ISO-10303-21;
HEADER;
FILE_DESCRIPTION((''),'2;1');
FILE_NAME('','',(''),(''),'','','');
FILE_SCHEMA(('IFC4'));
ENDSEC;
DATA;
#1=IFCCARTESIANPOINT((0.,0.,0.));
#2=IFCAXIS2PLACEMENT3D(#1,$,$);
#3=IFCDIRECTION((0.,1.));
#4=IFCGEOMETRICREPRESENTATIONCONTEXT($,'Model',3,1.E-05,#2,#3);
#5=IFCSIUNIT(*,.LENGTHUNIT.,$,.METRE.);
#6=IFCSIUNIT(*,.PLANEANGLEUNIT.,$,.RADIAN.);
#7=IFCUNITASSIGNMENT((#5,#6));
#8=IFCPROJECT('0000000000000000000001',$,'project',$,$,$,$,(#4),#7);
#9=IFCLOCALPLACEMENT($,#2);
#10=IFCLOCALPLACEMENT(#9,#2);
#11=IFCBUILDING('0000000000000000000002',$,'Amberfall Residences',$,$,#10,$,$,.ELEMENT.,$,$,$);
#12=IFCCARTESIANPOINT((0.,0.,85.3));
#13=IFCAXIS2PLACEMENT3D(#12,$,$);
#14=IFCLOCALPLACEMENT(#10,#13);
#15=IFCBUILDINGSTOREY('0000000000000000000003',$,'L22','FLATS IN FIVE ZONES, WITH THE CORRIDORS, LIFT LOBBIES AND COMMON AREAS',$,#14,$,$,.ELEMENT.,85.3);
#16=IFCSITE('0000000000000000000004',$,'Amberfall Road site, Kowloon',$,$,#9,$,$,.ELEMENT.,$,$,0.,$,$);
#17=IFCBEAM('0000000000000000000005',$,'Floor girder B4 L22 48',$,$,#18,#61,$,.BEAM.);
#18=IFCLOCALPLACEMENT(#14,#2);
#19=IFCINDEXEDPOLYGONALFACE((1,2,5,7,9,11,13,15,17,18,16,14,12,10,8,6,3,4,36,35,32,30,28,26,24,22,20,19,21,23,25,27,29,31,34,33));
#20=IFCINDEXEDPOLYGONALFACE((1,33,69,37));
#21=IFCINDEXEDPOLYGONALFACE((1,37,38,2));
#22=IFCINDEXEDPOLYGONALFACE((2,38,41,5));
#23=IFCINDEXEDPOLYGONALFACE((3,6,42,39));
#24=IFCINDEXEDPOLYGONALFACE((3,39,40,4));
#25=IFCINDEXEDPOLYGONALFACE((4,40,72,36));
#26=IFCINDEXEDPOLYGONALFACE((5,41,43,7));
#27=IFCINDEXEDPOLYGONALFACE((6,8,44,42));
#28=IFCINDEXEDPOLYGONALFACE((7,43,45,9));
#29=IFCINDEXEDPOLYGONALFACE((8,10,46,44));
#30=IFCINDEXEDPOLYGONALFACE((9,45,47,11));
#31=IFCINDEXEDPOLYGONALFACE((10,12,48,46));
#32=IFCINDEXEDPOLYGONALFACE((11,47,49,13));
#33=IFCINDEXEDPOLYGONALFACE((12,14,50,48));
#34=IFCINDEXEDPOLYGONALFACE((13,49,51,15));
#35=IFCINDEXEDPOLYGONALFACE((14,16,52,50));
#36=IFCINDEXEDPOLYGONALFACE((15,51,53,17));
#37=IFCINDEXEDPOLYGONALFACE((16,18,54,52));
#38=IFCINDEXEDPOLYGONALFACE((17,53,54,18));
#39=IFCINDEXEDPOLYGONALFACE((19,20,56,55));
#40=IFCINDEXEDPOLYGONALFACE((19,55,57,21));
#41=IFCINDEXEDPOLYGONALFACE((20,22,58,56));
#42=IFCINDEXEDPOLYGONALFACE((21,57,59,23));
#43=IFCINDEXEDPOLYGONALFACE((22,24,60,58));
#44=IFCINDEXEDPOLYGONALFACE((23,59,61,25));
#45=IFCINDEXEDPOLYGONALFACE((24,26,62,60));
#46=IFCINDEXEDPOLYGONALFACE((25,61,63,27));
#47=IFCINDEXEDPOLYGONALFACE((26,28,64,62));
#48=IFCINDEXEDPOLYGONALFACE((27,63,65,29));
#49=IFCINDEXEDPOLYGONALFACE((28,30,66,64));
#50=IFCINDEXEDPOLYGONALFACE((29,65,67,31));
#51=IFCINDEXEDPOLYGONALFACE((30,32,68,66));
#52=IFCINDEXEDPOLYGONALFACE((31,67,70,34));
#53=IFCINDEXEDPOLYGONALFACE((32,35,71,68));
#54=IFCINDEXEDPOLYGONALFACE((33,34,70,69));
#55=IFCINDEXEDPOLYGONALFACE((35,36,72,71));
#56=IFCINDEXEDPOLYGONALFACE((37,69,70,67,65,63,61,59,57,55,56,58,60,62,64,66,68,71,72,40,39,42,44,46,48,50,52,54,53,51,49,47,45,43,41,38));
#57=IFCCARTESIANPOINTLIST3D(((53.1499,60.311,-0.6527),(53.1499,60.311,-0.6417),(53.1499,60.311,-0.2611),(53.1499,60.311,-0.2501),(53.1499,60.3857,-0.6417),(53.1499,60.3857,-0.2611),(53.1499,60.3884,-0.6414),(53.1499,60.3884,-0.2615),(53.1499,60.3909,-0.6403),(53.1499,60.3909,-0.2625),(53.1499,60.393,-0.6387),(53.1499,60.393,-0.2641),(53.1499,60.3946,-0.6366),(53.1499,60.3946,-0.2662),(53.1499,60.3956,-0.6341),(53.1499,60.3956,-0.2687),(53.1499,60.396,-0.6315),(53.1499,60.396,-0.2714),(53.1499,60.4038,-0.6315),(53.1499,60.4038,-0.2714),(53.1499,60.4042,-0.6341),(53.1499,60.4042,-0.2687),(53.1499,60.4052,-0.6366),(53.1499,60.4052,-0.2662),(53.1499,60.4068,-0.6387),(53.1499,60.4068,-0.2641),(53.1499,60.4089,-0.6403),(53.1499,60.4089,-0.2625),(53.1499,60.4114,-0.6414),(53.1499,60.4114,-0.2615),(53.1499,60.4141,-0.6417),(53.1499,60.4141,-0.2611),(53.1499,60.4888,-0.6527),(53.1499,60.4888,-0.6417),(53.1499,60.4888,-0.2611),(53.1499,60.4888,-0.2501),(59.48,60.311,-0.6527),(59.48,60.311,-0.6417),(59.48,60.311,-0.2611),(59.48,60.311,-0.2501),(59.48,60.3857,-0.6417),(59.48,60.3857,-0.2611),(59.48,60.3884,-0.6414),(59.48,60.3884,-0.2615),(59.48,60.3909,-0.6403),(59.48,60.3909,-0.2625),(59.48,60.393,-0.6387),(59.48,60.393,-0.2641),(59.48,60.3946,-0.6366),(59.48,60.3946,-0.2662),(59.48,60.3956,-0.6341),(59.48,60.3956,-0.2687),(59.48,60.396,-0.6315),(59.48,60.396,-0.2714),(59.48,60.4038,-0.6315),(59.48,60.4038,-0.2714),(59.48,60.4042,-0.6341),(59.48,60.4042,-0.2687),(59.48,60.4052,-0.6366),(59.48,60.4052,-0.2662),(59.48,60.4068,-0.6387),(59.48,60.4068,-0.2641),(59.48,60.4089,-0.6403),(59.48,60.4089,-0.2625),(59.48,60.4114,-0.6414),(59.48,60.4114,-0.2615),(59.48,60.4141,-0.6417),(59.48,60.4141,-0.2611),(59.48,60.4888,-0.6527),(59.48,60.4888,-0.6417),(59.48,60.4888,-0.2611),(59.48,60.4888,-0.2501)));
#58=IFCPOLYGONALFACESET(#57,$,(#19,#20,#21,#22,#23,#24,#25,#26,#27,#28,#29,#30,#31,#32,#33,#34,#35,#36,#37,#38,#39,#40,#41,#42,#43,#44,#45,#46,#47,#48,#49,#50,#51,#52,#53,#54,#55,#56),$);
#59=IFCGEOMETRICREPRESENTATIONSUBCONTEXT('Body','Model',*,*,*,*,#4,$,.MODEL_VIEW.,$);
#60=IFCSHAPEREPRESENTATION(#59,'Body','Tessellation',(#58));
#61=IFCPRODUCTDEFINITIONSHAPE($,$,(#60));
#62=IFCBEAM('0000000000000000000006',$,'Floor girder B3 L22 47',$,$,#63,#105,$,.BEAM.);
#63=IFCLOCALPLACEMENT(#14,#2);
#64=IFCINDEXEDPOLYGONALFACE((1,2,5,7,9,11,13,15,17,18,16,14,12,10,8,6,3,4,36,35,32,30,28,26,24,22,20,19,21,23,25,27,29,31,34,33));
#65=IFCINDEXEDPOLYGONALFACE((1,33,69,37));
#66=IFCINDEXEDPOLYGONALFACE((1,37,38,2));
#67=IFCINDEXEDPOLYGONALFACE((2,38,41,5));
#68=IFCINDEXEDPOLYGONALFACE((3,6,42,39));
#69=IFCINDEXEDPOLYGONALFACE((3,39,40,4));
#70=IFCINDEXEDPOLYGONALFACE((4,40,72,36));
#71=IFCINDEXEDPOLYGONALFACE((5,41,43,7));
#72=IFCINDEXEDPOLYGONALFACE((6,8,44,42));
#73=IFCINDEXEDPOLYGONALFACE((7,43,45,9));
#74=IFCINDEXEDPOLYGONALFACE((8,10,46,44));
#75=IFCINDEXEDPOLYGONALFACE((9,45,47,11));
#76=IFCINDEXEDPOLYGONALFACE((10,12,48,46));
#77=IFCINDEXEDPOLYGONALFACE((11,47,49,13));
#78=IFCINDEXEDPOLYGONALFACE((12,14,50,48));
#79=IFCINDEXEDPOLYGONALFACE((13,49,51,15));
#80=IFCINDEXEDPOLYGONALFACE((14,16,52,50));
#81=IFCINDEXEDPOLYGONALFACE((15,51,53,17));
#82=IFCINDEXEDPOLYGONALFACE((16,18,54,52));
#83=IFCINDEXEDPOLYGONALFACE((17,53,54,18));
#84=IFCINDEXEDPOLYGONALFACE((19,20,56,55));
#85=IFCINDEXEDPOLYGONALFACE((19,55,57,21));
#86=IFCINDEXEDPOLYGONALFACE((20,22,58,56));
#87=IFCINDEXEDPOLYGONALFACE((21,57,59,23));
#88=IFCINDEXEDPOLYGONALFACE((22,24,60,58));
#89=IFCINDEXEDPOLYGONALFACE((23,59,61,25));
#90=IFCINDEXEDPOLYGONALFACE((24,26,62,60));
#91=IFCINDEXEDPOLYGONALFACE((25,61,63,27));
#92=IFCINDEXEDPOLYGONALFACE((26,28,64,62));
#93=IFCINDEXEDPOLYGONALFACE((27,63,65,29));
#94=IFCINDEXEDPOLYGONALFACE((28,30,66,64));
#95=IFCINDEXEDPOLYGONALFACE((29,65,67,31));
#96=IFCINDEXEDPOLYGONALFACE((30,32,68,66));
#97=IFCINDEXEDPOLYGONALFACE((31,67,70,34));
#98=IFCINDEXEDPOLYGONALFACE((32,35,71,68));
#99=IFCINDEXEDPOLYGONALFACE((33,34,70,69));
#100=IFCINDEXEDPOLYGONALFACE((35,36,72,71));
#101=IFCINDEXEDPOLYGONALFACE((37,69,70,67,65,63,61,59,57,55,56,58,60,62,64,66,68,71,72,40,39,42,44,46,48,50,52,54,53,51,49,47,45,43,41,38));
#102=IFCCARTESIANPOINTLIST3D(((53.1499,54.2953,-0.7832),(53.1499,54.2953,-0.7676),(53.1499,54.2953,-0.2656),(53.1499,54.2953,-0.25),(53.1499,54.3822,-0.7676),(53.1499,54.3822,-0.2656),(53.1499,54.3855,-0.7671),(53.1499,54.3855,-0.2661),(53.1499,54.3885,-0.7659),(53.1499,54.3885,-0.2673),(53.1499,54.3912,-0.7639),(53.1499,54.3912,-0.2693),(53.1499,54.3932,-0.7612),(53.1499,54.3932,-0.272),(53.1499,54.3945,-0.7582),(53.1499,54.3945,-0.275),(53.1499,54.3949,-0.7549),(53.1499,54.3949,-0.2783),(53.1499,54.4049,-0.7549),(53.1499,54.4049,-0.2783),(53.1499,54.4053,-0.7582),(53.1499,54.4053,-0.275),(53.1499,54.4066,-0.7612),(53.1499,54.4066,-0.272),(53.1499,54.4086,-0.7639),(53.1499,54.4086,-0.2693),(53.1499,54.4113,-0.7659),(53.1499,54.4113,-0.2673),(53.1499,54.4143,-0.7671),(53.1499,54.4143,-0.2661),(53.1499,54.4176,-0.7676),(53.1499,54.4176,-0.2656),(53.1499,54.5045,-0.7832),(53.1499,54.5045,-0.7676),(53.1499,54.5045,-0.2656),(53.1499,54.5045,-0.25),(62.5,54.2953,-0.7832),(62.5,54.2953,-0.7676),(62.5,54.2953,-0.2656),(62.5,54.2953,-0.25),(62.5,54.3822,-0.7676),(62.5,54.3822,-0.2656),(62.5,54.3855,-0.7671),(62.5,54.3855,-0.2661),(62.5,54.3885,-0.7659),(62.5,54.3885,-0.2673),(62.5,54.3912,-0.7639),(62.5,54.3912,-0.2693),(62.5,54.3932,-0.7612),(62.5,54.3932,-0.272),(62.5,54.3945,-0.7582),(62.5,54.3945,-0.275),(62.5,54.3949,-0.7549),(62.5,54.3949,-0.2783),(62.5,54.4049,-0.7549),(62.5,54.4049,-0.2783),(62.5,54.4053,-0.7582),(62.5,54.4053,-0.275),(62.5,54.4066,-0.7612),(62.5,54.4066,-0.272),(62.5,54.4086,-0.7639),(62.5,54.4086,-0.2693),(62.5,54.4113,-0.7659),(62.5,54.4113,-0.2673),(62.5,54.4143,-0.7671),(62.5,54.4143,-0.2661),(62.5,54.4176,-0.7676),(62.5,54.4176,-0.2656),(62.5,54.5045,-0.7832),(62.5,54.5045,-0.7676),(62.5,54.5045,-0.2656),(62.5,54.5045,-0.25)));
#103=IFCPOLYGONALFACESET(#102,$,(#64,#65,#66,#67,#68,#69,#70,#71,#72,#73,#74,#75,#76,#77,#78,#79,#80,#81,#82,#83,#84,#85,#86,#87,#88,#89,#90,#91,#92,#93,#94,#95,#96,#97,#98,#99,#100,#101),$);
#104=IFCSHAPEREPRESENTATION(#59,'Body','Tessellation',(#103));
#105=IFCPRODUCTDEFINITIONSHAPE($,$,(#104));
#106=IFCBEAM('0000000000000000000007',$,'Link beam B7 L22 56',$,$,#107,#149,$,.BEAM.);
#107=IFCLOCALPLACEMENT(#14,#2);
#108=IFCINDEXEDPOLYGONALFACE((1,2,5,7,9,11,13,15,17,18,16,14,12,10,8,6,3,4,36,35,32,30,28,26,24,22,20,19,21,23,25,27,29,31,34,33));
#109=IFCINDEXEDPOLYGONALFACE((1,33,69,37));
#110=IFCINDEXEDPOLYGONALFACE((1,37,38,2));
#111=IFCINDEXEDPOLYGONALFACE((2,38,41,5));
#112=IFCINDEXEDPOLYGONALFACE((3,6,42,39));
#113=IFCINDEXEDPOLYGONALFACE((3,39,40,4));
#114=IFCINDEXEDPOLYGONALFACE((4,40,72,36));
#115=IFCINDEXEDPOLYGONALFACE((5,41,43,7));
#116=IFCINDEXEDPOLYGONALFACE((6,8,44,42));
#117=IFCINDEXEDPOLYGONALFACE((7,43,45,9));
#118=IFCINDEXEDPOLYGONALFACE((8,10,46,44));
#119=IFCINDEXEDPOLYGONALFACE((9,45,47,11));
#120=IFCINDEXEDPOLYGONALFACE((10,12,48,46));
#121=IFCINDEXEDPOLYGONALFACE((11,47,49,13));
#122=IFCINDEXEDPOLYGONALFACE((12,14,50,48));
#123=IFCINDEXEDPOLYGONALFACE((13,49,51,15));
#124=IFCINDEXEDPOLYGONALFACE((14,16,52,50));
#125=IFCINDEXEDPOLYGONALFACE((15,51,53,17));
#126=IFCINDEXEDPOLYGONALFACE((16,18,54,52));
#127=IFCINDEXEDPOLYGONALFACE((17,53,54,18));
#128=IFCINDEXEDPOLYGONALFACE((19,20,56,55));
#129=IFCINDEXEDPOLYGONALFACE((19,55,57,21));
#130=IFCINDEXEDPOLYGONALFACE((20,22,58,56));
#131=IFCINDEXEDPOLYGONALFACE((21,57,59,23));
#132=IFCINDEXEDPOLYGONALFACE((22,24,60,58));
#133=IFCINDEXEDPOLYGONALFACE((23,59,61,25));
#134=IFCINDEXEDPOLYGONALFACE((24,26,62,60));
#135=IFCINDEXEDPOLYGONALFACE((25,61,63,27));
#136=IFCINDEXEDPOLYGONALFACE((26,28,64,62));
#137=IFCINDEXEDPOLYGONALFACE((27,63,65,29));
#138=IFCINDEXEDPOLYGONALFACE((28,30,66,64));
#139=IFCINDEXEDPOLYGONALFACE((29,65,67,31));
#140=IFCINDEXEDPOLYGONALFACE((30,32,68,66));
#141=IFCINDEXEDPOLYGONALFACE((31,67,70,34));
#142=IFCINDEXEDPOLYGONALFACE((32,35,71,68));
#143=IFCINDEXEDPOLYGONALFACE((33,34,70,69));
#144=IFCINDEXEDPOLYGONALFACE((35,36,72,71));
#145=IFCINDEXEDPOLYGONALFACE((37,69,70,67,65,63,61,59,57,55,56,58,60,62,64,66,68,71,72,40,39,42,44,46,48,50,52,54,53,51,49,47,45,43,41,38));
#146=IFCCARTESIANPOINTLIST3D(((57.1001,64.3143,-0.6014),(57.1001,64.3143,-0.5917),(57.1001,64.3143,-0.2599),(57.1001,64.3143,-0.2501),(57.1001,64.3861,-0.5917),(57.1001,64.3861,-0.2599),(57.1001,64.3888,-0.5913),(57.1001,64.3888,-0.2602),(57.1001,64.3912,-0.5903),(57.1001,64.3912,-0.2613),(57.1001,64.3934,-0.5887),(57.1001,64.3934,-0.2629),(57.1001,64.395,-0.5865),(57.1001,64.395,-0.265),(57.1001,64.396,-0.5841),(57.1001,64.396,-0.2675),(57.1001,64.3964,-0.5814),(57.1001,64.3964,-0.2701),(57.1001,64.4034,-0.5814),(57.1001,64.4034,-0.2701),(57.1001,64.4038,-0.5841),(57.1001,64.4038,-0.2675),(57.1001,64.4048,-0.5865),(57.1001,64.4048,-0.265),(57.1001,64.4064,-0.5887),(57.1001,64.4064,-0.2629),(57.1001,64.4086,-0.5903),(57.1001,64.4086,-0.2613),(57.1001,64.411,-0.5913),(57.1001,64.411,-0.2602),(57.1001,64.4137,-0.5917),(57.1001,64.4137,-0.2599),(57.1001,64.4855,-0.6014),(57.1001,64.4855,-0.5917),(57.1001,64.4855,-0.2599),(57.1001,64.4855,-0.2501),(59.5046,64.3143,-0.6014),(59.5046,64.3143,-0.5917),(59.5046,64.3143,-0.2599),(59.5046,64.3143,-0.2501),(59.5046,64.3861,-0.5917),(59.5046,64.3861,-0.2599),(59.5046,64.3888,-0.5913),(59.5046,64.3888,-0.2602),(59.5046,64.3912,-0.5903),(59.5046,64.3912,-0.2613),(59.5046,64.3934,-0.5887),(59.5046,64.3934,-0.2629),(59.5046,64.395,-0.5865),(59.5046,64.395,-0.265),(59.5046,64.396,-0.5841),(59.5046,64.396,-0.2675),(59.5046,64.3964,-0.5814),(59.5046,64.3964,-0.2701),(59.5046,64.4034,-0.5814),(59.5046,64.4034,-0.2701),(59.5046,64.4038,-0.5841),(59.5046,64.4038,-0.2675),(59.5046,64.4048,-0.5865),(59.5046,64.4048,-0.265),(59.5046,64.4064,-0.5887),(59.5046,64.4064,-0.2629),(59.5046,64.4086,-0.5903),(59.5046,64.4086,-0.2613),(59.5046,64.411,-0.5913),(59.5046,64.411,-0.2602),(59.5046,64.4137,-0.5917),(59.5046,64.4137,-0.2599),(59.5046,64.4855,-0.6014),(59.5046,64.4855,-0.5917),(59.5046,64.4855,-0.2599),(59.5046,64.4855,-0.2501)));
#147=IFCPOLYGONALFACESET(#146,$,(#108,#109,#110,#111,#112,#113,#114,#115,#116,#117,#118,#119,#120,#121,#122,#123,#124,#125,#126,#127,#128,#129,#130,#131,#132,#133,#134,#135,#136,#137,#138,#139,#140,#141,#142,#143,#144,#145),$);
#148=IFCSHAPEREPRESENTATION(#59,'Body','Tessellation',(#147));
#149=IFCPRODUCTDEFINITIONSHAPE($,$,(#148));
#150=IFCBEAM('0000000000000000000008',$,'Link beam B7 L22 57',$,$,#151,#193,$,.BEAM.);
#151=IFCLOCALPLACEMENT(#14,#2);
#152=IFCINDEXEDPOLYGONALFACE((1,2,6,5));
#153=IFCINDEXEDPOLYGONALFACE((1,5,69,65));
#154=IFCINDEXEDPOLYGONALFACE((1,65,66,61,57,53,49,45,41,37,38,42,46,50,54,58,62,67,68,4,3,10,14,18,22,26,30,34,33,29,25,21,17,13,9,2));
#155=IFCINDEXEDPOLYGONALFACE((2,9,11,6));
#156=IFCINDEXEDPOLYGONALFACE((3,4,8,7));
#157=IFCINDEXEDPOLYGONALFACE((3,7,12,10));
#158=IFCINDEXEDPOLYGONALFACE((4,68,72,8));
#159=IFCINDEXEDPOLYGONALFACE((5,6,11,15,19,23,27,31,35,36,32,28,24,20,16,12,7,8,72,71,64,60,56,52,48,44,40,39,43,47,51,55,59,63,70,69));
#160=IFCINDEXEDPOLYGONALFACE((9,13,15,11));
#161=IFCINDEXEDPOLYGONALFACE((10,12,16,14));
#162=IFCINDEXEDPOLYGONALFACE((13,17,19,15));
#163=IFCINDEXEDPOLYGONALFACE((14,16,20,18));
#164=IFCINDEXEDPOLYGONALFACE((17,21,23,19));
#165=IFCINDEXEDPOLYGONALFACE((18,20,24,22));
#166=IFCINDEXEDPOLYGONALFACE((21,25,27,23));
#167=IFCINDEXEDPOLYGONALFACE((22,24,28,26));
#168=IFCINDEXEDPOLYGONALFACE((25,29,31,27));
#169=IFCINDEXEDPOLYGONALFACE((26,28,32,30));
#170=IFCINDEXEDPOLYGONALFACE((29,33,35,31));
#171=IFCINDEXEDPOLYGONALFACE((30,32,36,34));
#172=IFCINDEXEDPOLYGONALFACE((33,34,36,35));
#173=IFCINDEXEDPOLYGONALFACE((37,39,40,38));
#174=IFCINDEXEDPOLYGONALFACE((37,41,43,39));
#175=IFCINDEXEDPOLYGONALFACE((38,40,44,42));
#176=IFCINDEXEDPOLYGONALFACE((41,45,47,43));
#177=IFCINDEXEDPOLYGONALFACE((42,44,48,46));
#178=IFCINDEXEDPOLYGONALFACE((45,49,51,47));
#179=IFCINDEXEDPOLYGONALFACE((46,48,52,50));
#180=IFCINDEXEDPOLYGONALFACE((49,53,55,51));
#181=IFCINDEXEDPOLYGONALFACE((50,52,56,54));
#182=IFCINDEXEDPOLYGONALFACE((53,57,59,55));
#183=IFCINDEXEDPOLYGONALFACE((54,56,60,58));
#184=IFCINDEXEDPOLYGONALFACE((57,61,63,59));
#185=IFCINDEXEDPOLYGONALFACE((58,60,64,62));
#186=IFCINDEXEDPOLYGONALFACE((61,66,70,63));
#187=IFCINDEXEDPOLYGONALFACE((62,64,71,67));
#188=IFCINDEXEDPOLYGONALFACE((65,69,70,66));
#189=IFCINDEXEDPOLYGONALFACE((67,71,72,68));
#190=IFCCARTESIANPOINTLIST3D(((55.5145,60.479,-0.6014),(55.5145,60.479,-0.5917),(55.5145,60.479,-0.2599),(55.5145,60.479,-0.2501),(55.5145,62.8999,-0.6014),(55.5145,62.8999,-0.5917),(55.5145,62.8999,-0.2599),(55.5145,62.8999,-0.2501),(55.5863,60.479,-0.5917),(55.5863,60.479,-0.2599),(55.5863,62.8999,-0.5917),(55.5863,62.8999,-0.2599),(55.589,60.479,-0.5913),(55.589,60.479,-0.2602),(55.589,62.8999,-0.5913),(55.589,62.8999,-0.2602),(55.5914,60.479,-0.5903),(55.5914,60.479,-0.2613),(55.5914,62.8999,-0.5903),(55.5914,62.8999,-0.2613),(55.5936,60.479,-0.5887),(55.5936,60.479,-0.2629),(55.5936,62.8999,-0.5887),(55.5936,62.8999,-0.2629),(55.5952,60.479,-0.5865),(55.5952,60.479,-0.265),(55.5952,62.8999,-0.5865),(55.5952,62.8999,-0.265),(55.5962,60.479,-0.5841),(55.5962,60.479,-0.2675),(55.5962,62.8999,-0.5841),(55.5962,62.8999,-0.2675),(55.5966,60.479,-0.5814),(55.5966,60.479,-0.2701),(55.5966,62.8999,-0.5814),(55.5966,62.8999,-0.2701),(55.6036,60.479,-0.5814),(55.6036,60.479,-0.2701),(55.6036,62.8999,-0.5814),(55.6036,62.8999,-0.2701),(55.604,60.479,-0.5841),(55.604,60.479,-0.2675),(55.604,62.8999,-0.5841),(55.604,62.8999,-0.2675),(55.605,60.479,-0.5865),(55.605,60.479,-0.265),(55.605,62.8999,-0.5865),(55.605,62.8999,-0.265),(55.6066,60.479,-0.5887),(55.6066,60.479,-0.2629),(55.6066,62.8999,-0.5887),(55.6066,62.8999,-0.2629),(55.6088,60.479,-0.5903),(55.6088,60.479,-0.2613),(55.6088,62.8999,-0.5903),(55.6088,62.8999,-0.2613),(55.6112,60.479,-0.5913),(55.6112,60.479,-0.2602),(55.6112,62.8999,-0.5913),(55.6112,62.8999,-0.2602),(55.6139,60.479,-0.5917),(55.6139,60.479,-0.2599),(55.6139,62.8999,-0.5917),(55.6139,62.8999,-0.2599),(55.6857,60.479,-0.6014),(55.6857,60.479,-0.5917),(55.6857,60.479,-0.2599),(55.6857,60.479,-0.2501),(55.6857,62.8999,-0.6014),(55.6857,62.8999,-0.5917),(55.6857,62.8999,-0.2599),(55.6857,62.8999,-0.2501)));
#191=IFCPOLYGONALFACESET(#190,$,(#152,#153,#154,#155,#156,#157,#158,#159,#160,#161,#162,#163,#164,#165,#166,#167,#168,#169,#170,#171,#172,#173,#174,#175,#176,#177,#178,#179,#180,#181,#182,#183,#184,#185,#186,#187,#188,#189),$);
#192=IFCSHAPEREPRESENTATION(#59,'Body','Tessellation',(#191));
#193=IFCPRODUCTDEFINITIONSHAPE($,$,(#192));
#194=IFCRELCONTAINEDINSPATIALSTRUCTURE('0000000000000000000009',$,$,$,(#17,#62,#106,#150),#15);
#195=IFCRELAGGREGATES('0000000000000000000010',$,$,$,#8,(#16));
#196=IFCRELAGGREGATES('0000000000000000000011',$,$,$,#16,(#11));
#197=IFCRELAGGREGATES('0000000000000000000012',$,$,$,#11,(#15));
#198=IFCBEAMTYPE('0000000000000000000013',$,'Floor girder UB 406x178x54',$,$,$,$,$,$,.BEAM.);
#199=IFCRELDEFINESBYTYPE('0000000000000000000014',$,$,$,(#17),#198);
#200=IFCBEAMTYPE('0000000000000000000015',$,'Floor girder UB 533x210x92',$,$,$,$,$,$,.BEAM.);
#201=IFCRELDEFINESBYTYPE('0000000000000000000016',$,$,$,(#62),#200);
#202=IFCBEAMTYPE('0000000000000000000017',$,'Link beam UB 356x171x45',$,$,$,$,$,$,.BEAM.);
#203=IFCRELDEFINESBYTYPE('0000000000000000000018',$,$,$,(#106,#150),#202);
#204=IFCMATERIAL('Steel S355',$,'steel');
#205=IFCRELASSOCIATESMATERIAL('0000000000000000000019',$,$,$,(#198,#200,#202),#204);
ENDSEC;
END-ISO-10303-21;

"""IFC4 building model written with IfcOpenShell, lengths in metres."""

from ifc_helpers import new_model, si_unit, direction, frame, origin, origin_2d, place, context, subcontext, project, spatial, i_section, extrude, material, material_profile, profile_set, type_object, element, save


model = new_model("IFC4")

# Units and contexts
model_context = context("Model", 3, precision=1e-05, world=origin(), true_north=direction((0.0, 1.0)))
body_context = subcontext(model_context, "Body", "Model", "MODEL_VIEW")
ifc_project = project(units=[si_unit("LENGTHUNIT", "METRE"), si_unit("PLANEANGLEUNIT", "RADIAN")], contexts=[model_context])

# Site, building, storey
site_placement = place(None, origin())
site = spatial("IfcSite", under=ifc_project, at=site_placement, Name="Amberfall Road site, Kowloon", CompositionType="ELEMENT", RefElevation=0.0)
building_placement = place(site_placement, origin())
building = spatial("IfcBuilding", under=site, at=building_placement, Name="Amberfall Residences", CompositionType="ELEMENT")
storey_placement = place(building_placement, frame((0.0, 0.0, 85.3)))
storey = spatial("IfcBuildingStorey", under=building, at=storey_placement, Name="L22", Description="FLATS IN FIVE ZONES, WITH THE CORRIDORS, LIFT LOBBIES AND COMMON AREAS", CompositionType="ELEMENT", Elevation=85.3)

# Shared definitions
ifc_material_1 = material(Name="Steel S355", Category="steel")

# Beams
ifc_material_profile_1 = material_profile(ifc_material_1, i_section(OverallWidth=0.1777, OverallDepth=0.4026, WebThickness=0.0078, FlangeThickness=0.011, FilletRadius=0.0103, at=origin_2d()), Name="UB 406x178x54")
ifc_profile_set_1 = profile_set([ifc_material_profile_1], Name="Steel S355")
beam_type_1 = type_object("IfcBeamType", Name="Floor girder UB 406x178x54", PredefinedType="BEAM", material=ifc_profile_set_1)
beam_1_placement = place(storey_placement, frame((53.1499, 60.3999, -0.4514), z_axis=(1.0, 0.0, 0.0), x_axis=(0.0, 1.0, 0.0)))
element("IfcBeam", 1, at=beam_1_placement, inside=storey, type_object=beam_type_1, Name="Floor girder B4 L22 48", PredefinedType="BEAM", context=body_context, shape_type="SweptSolid", body=[
    extrude(i_section(OverallWidth=0.1777, OverallDepth=0.4026, WebThickness=0.0078, FlangeThickness=0.011, FilletRadius=0.0103, at=origin_2d()), origin(), (0.0, 0.0, 1.0), 6.3301),
])
ifc_material_profile_2 = material_profile(ifc_material_1, i_section(OverallWidth=0.2092, OverallDepth=0.5332, WebThickness=0.01, FlangeThickness=0.0156, FilletRadius=0.0127, at=origin_2d()), Name="UB 533x210x92")
ifc_profile_set_2 = profile_set([ifc_material_profile_2], Name="Steel S355")
beam_type_2 = type_object("IfcBeamType", Name="Floor girder UB 533x210x92", PredefinedType="BEAM", material=ifc_profile_set_2)
beam_2_placement = place(storey_placement, frame((53.1499, 54.3999, -0.5166), z_axis=(1.0, 0.0, 0.0), x_axis=(0.0, 1.0, 0.0)))
element("IfcBeam", 2, at=beam_2_placement, inside=storey, type_object=beam_type_2, Name="Floor girder B3 L22 47", PredefinedType="BEAM", context=body_context, shape_type="SweptSolid", body=[
    extrude(i_section(OverallWidth=0.2092, OverallDepth=0.5332, WebThickness=0.01, FlangeThickness=0.0156, FilletRadius=0.0127, at=origin_2d()), origin(), (0.0, 0.0, 1.0), 9.3501),
])
ifc_material_profile_3 = material_profile(ifc_material_1, i_section(OverallWidth=0.1711, OverallDepth=0.3513, WebThickness=0.0071, FlangeThickness=0.0098, FilletRadius=0.0103, at=origin_2d()), Name="UB 356x171x45")
ifc_profile_set_3 = profile_set([ifc_material_profile_3], Name="Steel S355")
beam_type_3 = type_object("IfcBeamType", Name="Link beam UB 356x171x45", PredefinedType="BEAM", material=ifc_profile_set_3)
beam_3_placement = place(storey_placement, frame((57.1001, 64.3999, -0.4258), z_axis=(1.0, 0.0, 0.0), x_axis=(0.0, 1.0, 0.0)))
element("IfcBeam", 3, at=beam_3_placement, inside=storey, type_object=beam_type_3, Name="Link beam B7 L22 56", PredefinedType="BEAM", context=body_context, shape_type="SweptSolid", body=[
    extrude(i_section(OverallWidth=0.1711, OverallDepth=0.3513, WebThickness=0.0071, FlangeThickness=0.0098, FilletRadius=0.0103, at=origin_2d()), origin(), (0.0, 0.0, 1.0), 2.4045),
])
beam_4_placement = place(storey_placement, frame((55.6001, 62.8999, -0.4258), z_axis=(0.0, -1.0, 0.0), x_axis=(1.0, 0.0, 0.0)))
element("IfcBeam", 4, at=beam_4_placement, inside=storey, type_object=beam_type_3, Name="Link beam B7 L22 57", PredefinedType="BEAM", context=body_context, shape_type="SweptSolid", body=[
    extrude(i_section(OverallWidth=0.1711, OverallDepth=0.3513, WebThickness=0.0071, FlangeThickness=0.0098, FilletRadius=0.0103, at=origin_2d()), origin(), (0.0, 0.0, 1.0), 2.4209),
])

save(model, "model.ifc")
